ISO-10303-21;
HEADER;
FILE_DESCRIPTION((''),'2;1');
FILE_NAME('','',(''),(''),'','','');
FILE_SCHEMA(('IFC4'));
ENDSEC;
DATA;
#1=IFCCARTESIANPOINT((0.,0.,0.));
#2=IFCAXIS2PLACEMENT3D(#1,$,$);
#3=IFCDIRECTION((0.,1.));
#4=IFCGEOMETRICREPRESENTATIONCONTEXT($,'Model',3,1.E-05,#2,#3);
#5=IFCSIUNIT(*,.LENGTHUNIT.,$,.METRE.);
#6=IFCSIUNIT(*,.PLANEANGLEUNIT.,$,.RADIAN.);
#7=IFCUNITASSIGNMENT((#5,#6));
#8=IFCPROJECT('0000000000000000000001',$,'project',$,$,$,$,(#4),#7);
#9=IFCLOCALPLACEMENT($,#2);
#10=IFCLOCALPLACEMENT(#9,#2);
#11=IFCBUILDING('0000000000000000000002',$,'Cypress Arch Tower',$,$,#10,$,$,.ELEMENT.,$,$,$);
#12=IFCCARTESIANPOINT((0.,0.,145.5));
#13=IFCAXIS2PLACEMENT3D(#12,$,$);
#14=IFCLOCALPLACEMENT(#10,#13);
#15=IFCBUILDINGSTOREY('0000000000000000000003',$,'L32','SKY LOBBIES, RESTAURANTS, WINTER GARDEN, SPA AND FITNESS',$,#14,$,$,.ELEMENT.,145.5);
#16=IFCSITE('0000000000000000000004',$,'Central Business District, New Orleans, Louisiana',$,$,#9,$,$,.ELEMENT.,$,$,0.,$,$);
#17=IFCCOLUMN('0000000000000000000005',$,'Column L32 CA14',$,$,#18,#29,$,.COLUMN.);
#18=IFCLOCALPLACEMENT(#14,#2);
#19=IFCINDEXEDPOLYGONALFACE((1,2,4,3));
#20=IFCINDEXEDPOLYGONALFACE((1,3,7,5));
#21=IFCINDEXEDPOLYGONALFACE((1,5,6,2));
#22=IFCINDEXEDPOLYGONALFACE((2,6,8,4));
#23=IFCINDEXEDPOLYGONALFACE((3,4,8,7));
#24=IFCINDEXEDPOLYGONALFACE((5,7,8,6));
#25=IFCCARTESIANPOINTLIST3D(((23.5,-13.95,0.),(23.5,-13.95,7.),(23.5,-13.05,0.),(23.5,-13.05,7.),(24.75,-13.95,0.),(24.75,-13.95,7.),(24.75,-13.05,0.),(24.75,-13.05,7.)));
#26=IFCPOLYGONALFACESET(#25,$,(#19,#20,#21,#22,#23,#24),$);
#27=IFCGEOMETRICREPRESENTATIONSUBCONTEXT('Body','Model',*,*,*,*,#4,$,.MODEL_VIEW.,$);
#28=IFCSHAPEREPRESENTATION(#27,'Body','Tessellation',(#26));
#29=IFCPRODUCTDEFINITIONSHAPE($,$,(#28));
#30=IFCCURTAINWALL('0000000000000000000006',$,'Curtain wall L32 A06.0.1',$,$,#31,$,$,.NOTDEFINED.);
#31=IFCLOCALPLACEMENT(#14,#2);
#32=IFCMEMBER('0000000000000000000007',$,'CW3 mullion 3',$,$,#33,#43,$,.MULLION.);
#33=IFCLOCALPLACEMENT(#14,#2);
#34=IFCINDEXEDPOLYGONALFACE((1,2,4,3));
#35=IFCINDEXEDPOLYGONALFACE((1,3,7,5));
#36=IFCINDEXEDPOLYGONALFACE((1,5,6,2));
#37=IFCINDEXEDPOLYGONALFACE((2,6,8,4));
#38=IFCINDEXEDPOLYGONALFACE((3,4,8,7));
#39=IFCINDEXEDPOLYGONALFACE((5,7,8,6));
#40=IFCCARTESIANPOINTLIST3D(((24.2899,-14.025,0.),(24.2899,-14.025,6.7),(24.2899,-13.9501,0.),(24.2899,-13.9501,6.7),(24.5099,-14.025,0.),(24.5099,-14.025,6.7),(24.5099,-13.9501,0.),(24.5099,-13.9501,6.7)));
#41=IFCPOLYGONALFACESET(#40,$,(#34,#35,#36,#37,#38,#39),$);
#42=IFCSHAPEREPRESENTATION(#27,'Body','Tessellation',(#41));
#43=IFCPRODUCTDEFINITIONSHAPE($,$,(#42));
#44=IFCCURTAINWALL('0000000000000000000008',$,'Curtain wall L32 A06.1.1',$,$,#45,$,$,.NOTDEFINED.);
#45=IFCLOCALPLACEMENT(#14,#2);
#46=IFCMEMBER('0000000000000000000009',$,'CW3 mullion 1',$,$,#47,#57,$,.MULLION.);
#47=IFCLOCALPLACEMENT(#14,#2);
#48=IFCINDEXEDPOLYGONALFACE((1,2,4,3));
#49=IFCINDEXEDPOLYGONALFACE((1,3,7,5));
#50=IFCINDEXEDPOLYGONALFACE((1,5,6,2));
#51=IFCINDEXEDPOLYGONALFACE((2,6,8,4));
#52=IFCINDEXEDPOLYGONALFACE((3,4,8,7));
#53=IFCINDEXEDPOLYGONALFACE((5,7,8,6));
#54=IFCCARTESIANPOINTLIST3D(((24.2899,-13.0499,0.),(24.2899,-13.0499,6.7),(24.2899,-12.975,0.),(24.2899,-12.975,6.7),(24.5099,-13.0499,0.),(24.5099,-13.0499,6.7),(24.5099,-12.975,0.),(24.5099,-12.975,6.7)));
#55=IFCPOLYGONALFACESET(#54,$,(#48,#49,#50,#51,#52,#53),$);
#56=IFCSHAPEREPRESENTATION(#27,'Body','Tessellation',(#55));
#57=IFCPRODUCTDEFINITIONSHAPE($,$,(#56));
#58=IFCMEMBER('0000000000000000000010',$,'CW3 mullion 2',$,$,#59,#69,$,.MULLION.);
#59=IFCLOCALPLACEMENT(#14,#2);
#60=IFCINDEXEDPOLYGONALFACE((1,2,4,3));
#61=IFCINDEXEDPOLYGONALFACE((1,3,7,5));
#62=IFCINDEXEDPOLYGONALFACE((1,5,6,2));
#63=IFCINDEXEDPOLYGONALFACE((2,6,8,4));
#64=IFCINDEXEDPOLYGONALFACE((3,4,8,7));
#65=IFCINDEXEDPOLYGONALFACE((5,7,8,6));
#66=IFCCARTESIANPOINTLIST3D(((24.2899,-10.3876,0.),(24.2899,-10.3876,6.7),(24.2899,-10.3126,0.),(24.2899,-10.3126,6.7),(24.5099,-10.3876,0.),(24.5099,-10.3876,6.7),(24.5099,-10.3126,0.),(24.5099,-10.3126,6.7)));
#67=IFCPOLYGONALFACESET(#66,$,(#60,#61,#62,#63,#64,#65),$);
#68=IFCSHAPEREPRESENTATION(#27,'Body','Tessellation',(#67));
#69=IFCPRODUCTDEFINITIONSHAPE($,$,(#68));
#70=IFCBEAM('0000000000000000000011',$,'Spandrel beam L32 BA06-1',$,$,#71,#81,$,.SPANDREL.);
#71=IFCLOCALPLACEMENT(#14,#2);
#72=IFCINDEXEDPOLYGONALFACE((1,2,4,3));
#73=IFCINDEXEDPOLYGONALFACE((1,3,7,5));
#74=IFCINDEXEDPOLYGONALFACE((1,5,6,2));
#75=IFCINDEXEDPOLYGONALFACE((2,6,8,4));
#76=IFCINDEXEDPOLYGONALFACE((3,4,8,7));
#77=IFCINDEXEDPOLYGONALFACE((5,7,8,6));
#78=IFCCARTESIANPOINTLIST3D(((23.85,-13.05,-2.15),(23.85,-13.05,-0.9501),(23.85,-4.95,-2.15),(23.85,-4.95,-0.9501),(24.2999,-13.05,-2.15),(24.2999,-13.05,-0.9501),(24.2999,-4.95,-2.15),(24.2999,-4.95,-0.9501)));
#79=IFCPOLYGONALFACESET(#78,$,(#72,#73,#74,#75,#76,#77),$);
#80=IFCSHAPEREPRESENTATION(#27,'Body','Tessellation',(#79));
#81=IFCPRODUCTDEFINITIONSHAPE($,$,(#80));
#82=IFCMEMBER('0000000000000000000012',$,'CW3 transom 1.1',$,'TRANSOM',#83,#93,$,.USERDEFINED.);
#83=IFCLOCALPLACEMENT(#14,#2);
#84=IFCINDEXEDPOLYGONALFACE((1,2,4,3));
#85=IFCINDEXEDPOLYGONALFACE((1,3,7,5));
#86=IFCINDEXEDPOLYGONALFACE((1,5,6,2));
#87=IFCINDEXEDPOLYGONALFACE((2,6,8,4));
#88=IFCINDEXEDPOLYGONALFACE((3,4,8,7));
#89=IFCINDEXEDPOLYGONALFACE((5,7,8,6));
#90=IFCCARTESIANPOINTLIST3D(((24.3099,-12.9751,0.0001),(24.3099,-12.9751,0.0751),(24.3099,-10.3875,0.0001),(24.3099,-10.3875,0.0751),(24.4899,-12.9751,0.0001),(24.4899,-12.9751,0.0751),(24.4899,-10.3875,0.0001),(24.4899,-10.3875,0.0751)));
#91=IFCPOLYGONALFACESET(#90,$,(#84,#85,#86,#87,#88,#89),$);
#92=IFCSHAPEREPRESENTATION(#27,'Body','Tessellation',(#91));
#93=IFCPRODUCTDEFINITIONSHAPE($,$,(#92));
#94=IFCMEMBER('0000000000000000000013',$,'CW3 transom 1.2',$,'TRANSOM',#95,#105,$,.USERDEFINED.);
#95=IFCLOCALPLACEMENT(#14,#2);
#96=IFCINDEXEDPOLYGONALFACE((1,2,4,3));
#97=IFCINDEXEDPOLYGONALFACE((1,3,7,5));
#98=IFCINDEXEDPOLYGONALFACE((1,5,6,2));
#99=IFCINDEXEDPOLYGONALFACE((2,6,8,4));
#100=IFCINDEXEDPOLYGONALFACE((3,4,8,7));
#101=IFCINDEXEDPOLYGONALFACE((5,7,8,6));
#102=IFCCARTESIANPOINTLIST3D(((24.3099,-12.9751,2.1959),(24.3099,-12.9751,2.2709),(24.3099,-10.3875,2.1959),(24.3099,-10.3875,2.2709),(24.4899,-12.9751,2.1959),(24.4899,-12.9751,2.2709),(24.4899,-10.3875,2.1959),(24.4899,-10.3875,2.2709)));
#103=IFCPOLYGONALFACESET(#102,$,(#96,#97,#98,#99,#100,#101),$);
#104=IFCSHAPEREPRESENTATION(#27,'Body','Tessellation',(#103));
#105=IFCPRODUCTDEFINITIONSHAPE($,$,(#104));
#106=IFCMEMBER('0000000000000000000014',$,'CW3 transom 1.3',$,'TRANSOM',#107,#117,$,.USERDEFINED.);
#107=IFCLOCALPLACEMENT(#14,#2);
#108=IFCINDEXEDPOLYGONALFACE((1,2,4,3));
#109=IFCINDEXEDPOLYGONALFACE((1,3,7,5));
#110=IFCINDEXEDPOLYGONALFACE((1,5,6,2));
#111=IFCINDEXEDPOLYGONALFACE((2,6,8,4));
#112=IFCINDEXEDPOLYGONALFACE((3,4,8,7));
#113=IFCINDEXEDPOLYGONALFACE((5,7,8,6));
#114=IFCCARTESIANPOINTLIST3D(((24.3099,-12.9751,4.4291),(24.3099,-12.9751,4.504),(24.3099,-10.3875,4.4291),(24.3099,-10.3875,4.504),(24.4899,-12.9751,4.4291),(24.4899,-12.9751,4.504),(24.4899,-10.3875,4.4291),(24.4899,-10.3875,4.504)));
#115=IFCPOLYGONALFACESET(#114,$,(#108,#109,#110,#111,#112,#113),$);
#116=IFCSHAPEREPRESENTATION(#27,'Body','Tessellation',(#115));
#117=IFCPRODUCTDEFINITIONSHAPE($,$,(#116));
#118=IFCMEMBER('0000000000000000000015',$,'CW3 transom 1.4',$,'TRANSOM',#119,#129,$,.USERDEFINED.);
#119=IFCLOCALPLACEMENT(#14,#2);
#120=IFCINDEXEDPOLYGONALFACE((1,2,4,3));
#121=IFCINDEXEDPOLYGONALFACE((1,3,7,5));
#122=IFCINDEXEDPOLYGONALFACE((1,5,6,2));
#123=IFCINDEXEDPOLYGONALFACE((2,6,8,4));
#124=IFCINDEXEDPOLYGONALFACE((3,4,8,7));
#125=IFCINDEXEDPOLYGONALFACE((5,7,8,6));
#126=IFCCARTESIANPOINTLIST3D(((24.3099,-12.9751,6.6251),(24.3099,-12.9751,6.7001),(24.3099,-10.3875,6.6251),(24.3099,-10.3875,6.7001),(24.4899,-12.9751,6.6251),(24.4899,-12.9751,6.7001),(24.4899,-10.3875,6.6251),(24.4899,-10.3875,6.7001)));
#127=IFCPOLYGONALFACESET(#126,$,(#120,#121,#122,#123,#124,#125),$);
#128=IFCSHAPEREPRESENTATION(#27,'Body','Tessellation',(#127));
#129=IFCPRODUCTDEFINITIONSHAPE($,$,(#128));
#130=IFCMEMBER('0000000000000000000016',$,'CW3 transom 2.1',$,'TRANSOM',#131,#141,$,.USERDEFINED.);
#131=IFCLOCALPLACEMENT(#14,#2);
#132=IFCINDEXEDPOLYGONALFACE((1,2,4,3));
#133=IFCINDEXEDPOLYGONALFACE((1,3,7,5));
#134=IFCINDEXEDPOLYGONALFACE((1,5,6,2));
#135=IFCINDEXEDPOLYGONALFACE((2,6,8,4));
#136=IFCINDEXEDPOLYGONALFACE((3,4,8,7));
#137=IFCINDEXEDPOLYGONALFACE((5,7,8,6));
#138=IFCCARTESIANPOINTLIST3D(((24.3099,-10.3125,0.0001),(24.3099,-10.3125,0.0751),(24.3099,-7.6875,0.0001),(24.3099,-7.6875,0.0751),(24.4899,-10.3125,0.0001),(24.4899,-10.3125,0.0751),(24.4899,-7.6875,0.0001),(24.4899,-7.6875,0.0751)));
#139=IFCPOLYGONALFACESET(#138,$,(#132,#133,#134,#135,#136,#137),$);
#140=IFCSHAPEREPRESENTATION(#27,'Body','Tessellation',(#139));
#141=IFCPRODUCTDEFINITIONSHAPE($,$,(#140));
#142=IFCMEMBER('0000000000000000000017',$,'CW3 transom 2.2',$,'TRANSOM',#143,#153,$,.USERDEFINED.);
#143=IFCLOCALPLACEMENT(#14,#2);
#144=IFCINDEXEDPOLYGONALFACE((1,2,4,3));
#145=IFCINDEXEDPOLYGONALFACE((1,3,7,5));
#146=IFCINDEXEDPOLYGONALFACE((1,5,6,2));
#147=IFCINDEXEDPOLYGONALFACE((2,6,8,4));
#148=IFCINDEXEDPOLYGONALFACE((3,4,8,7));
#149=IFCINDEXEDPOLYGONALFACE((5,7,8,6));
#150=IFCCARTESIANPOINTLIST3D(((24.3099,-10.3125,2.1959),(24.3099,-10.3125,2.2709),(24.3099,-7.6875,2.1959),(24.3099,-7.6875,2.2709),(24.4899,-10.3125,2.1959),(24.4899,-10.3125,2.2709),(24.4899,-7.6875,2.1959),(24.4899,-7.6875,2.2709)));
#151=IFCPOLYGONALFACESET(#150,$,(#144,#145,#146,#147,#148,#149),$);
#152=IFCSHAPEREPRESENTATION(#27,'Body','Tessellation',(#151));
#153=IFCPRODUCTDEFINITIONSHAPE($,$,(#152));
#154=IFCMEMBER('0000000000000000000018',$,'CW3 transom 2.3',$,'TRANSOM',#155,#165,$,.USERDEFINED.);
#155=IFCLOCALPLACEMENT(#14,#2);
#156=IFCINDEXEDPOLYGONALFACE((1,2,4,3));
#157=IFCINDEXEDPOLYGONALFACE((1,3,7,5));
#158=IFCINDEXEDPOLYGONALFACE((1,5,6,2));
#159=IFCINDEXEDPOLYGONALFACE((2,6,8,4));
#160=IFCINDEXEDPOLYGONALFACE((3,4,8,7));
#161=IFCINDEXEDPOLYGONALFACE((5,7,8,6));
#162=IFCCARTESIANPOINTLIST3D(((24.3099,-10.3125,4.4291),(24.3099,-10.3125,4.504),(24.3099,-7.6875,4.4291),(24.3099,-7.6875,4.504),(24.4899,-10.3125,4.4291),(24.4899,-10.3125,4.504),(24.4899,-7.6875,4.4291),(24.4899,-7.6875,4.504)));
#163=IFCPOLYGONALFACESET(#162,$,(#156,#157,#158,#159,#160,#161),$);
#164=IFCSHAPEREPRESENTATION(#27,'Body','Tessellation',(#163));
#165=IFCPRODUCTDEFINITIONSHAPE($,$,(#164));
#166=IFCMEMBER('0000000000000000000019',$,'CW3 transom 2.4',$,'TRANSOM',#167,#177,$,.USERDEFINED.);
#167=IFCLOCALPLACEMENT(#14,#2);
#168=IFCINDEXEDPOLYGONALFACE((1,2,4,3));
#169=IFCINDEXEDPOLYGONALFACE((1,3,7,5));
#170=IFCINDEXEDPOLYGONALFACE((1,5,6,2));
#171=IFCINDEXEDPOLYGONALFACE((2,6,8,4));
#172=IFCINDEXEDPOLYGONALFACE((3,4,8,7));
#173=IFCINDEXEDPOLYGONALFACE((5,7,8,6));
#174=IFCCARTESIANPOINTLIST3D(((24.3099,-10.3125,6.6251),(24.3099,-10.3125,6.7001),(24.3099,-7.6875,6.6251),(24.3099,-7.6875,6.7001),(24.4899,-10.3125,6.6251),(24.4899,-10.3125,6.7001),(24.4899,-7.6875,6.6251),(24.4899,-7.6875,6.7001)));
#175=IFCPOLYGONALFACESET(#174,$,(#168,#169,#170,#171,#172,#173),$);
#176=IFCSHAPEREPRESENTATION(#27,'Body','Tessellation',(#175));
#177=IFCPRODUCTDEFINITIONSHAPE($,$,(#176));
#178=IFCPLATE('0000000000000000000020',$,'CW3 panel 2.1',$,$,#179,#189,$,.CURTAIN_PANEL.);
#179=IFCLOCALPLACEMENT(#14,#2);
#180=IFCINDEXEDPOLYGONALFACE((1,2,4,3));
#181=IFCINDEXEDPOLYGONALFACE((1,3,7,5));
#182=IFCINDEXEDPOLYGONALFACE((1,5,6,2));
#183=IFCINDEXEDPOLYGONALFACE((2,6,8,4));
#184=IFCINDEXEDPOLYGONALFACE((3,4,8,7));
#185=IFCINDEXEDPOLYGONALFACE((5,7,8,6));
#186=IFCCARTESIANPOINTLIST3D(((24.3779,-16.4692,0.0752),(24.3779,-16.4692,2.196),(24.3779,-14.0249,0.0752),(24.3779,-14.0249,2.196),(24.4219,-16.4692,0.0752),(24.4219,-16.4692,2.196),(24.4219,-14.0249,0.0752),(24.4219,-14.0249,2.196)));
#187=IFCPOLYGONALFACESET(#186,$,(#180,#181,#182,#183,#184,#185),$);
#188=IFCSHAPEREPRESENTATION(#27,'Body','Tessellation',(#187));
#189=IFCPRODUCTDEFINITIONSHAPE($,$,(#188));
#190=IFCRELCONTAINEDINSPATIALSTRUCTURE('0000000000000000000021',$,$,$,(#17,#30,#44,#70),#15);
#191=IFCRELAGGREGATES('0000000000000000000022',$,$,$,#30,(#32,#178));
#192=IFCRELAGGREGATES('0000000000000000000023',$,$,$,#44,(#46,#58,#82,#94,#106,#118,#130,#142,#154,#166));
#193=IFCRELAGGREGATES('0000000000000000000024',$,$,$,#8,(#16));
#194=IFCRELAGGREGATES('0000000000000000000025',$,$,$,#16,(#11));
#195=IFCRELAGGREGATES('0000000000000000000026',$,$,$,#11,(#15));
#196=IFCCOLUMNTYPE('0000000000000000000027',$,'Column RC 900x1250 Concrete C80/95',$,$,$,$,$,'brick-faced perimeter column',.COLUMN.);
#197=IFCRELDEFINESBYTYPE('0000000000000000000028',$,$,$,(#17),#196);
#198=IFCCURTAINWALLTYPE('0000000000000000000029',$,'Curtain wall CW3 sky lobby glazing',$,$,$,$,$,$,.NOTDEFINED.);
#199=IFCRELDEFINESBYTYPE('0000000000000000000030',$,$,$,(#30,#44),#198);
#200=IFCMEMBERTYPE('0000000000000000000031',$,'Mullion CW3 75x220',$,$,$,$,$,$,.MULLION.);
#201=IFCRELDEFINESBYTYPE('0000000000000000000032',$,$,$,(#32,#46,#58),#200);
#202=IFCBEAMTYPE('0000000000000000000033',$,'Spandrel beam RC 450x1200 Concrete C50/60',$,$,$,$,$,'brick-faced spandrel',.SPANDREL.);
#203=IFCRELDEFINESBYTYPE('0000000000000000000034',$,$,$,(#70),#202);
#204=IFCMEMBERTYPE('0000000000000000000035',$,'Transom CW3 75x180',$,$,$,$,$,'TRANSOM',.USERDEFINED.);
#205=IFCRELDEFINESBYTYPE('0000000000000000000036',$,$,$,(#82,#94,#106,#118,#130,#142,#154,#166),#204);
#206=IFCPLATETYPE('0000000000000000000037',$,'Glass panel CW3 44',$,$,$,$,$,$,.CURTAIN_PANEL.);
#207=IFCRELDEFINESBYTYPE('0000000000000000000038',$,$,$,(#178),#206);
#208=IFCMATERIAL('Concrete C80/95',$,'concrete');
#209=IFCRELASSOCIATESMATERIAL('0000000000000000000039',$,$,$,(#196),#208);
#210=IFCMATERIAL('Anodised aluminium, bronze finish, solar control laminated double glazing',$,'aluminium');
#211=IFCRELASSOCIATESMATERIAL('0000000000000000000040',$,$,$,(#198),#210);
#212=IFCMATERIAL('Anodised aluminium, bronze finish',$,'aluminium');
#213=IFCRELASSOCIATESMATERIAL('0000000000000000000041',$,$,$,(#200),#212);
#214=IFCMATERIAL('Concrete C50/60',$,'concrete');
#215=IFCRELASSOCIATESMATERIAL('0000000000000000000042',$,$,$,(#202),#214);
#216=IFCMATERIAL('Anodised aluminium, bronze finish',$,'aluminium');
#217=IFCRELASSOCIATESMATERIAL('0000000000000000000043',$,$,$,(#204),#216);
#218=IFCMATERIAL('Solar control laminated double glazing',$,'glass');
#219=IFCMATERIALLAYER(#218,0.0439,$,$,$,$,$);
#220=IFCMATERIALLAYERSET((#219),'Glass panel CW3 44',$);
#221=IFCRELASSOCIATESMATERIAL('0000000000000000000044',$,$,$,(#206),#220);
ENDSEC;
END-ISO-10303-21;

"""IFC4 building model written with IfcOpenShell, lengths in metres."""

from ifc_helpers import new_model, si_unit, direction, frame, origin, origin_2d, place, context, subcontext, project, spatial, rectangle, extrude, material, layer, layer_set, material_profile, profile_set, type_object, element, aggregate, save


model = new_model("IFC4")

# Units and contexts
model_context = context("Model", 3, precision=1e-05, world=origin(), true_north=direction((0.0, 1.0)))
body_context = subcontext(model_context, "Body", "Model", "MODEL_VIEW")
ifc_project = project(units=[si_unit("LENGTHUNIT", "METRE"), si_unit("PLANEANGLEUNIT", "RADIAN")], contexts=[model_context])

# Site, building, storey
site_placement = place(None, origin())
site = spatial("IfcSite", under=ifc_project, at=site_placement, Name="Central Business District, New Orleans, Louisiana", CompositionType="ELEMENT", RefElevation=0.0)
building_placement = place(site_placement, origin())
building = spatial("IfcBuilding", under=site, at=building_placement, Name="Cypress Arch Tower", CompositionType="ELEMENT")
storey_placement = place(building_placement, frame((0.0, 0.0, 145.5)))
storey = spatial("IfcBuildingStorey", under=building, at=storey_placement, Name="L32", Description="SKY LOBBIES, RESTAURANTS, WINTER GARDEN, SPA AND FITNESS", CompositionType="ELEMENT", Elevation=145.5)

# Column
ifc_material_1 = material(Name="Concrete C80/95", Category="concrete")
ifc_material_profile_1 = material_profile(ifc_material_1, rectangle(XDim=0.8999, YDim=1.25, at=origin_2d()), Name="RC 900x1250")
ifc_profile_set_1 = profile_set([ifc_material_profile_1], Name="Concrete C80/95")
column_type = type_object("IfcColumnType", Name="Column RC 900x1250 Concrete C80/95", ElementType="brick-faced perimeter column", PredefinedType="COLUMN", material=ifc_profile_set_1)
column_placement = place(storey_placement, frame((24.125, -13.5, 0.0), z_axis=(0.0, 0.0, 1.0), x_axis=(0.0, 1.0, 0.0)))
element("IfcColumn", 1, at=column_placement, inside=storey, type_object=column_type, Name="Column L32 CA14", PredefinedType="COLUMN", context=body_context, shape_type="SweptSolid", body=[
    extrude(rectangle(XDim=0.8999, YDim=1.25, at=origin_2d()), origin(), (0.0, 0.0, 1.0), 7.0),
])

# Curtain wall, member
ifc_material_2 = material(Name="Anodised aluminium, bronze finish, solar control laminated double glazing", Category="aluminium")
curtain_wall_type = type_object("IfcCurtainWallType", Name="Curtain wall CW3 sky lobby glazing", PredefinedType="NOTDEFINED", material=ifc_material_2)
curtain_wall_1_placement = place(storey_placement, origin())
curtain_wall_1 = element("IfcCurtainWall", 2, at=curtain_wall_1_placement, inside=storey, type_object=curtain_wall_type, Name="Curtain wall L32 A06.0.1", PredefinedType="NOTDEFINED")
ifc_material_3 = material(Name="Anodised aluminium, bronze finish", Category="aluminium")
ifc_material_profile_2 = material_profile(ifc_material_3, rectangle(XDim=0.22, YDim=0.075, at=origin_2d()), Name="Mullion 75x220")
ifc_profile_set_2 = profile_set([ifc_material_profile_2], Name="Anodised aluminium, bronze finish")
member_type_1 = type_object("IfcMemberType", Name="Mullion CW3 75x220", PredefinedType="MULLION", material=ifc_profile_set_2)
member_1_placement = place(storey_placement, frame((24.3999, -13.9875, 0.0), z_axis=(0.0, 0.0, 1.0), x_axis=(-1.0, 0.0, 0.0)))
member_1 = element("IfcMember", 3, at=member_1_placement, type_object=member_type_1, Name="CW3 mullion 3", PredefinedType="MULLION", context=body_context, shape_type="SweptSolid", body=[
    extrude(rectangle(XDim=0.22, YDim=0.075, at=origin_2d()), origin(), (0.0, 0.0, 1.0), 6.7),
])

# Curtain wall, members
curtain_wall_2_placement = place(storey_placement, origin())
curtain_wall_2 = element("IfcCurtainWall", 4, at=curtain_wall_2_placement, inside=storey, type_object=curtain_wall_type, Name="Curtain wall L32 A06.1.1", PredefinedType="NOTDEFINED")
member_2_placement = place(storey_placement, frame((24.3999, -13.0125, 0.0), z_axis=(0.0, 0.0, 1.0), x_axis=(-1.0, 0.0, 0.0)))
member_2 = element("IfcMember", 5, at=member_2_placement, type_object=member_type_1, Name="CW3 mullion 1", PredefinedType="MULLION", context=body_context, shape_type="SweptSolid", body=[
    extrude(rectangle(XDim=0.22, YDim=0.075, at=origin_2d()), origin(), (0.0, 0.0, 1.0), 6.7),
])
member_3_placement = place(storey_placement, frame((24.3999, -10.3501, 0.0), z_axis=(0.0, 0.0, 1.0), x_axis=(-1.0, 0.0, 0.0)))
member_3 = element("IfcMember", 6, at=member_3_placement, type_object=member_type_1, Name="CW3 mullion 2", PredefinedType="MULLION", context=body_context, shape_type="SweptSolid", body=[
    extrude(rectangle(XDim=0.22, YDim=0.075, at=origin_2d()), origin(), (0.0, 0.0, 1.0), 6.7),
])

# Beam
ifc_material_4 = material(Name="Concrete C50/60", Category="concrete")
ifc_material_profile_3 = material_profile(ifc_material_4, rectangle(XDim=0.45, YDim=1.2, at=origin_2d()), Name="RC 450x1200")
ifc_profile_set_3 = profile_set([ifc_material_profile_3], Name="Concrete C50/60")
beam_type = type_object("IfcBeamType", Name="Spandrel beam RC 450x1200 Concrete C50/60", ElementType="brick-faced spandrel", PredefinedType="SPANDREL", material=ifc_profile_set_3)
beam_placement = place(storey_placement, frame((24.075, -13.05, -1.55), z_axis=(0.0, 1.0, 0.0), x_axis=(-1.0, 0.0, 0.0)))
element("IfcBeam", 7, at=beam_placement, inside=storey, type_object=beam_type, Name="Spandrel beam L32 BA06-1", PredefinedType="SPANDREL", context=body_context, shape_type="SweptSolid", body=[
    extrude(rectangle(XDim=0.45, YDim=1.2, at=origin_2d()), origin(), (0.0, 0.0, 1.0), 8.1001),
])

# Members
ifc_material_5 = material(Name="Anodised aluminium, bronze finish", Category="aluminium")
ifc_material_profile_4 = material_profile(ifc_material_5, rectangle(XDim=0.1799, YDim=0.075, at=origin_2d()), Name="Transom 75x180")
ifc_profile_set_4 = profile_set([ifc_material_profile_4], Name="Anodised aluminium, bronze finish")
member_type_2 = type_object("IfcMemberType", Name="Transom CW3 75x180", ElementType="TRANSOM", PredefinedType="USERDEFINED", material=ifc_profile_set_4)
member_4_placement = place(storey_placement, frame((24.3999, -12.9751, 0.0376), z_axis=(0.0, 1.0, 0.0), x_axis=(-1.0, 0.0, 0.0)))
member_4 = element("IfcMember", 8, at=member_4_placement, type_object=member_type_2, Name="CW3 transom 1.1", ObjectType="TRANSOM", PredefinedType="USERDEFINED", context=body_context, shape_type="SweptSolid", body=[
    extrude(rectangle(XDim=0.1799, YDim=0.075, at=origin_2d()), origin(), (0.0, 0.0, 1.0), 2.5876),
])
member_5_placement = place(storey_placement, frame((24.3999, -12.9751, 2.2334), z_axis=(0.0, 1.0, 0.0), x_axis=(-1.0, 0.0, 0.0)))
member_5 = element("IfcMember", 9, at=member_5_placement, type_object=member_type_2, Name="CW3 transom 1.2", ObjectType="TRANSOM", PredefinedType="USERDEFINED", context=body_context, shape_type="SweptSolid", body=[
    extrude(rectangle(XDim=0.1799, YDim=0.075, at=origin_2d()), origin(), (0.0, 0.0, 1.0), 2.5876),
])
member_6_placement = place(storey_placement, frame((24.3999, -12.9751, 4.4666), z_axis=(0.0, 1.0, 0.0), x_axis=(-1.0, 0.0, 0.0)))
member_6 = element("IfcMember", 10, at=member_6_placement, type_object=member_type_2, Name="CW3 transom 1.3", ObjectType="TRANSOM", PredefinedType="USERDEFINED", context=body_context, shape_type="SweptSolid", body=[
    extrude(rectangle(XDim=0.1799, YDim=0.075, at=origin_2d()), origin(), (0.0, 0.0, 1.0), 2.5876),
])
member_7_placement = place(storey_placement, frame((24.3999, -12.9751, 6.6626), z_axis=(0.0, 1.0, 0.0), x_axis=(-1.0, 0.0, 0.0)))
member_7 = element("IfcMember", 11, at=member_7_placement, type_object=member_type_2, Name="CW3 transom 1.4", ObjectType="TRANSOM", PredefinedType="USERDEFINED", context=body_context, shape_type="SweptSolid", body=[
    extrude(rectangle(XDim=0.1799, YDim=0.075, at=origin_2d()), origin(), (0.0, 0.0, 1.0), 2.5876),
])
member_8_placement = place(storey_placement, frame((24.3999, -10.3125, 0.0376), z_axis=(0.0, 1.0, 0.0), x_axis=(-1.0, 0.0, 0.0)))
member_8 = element("IfcMember", 12, at=member_8_placement, type_object=member_type_2, Name="CW3 transom 2.1", ObjectType="TRANSOM", PredefinedType="USERDEFINED", context=body_context, shape_type="SweptSolid", body=[
    extrude(rectangle(XDim=0.1799, YDim=0.075, at=origin_2d()), origin(), (0.0, 0.0, 1.0), 2.625),
])
member_9_placement = place(storey_placement, frame((24.3999, -10.3125, 2.2334), z_axis=(0.0, 1.0, 0.0), x_axis=(-1.0, 0.0, 0.0)))
member_9 = element("IfcMember", 13, at=member_9_placement, type_object=member_type_2, Name="CW3 transom 2.2", ObjectType="TRANSOM", PredefinedType="USERDEFINED", context=body_context, shape_type="SweptSolid", body=[
    extrude(rectangle(XDim=0.1799, YDim=0.075, at=origin_2d()), origin(), (0.0, 0.0, 1.0), 2.625),
])
member_10_placement = place(storey_placement, frame((24.3999, -10.3125, 4.4666), z_axis=(0.0, 1.0, 0.0), x_axis=(-1.0, 0.0, 0.0)))
member_10 = element("IfcMember", 14, at=member_10_placement, type_object=member_type_2, Name="CW3 transom 2.3", ObjectType="TRANSOM", PredefinedType="USERDEFINED", context=body_context, shape_type="SweptSolid", body=[
    extrude(rectangle(XDim=0.1799, YDim=0.075, at=origin_2d()), origin(), (0.0, 0.0, 1.0), 2.625),
])
member_11_placement = place(storey_placement, frame((24.3999, -10.3125, 6.6626), z_axis=(0.0, 1.0, 0.0), x_axis=(-1.0, 0.0, 0.0)))
member_11 = element("IfcMember", 15, at=member_11_placement, type_object=member_type_2, Name="CW3 transom 2.4", ObjectType="TRANSOM", PredefinedType="USERDEFINED", context=body_context, shape_type="SweptSolid", body=[
    extrude(rectangle(XDim=0.1799, YDim=0.075, at=origin_2d()), origin(), (0.0, 0.0, 1.0), 2.625),
])

# Plate
ifc_material_6 = material(Name="Solar control laminated double glazing", Category="glass")
ifc_layer = layer(ifc_material_6, 0.0439)
ifc_layer_set = layer_set([ifc_layer], Name="Glass panel CW3 44")
plate_type = type_object("IfcPlateType", Name="Glass panel CW3 44", PredefinedType="CURTAIN_PANEL", material=ifc_layer_set)
plate_1_placement = place(storey_placement, frame((24.3999, -15.2471, 0.0752), z_axis=(0.0, 0.0, 1.0), x_axis=(0.0, 1.0, 0.0)))
plate_1 = element("IfcPlate", 16, at=plate_1_placement, type_object=plate_type, Name="CW3 panel 2.1", PredefinedType="CURTAIN_PANEL", context=body_context, shape_type="SweptSolid", body=[
    extrude(rectangle(XDim=2.4443, YDim=0.0439, at=origin_2d()), origin(), (0.0, 0.0, 1.0), 2.1208),
])
aggregate(curtain_wall_1, [member_1, plate_1])
aggregate(curtain_wall_2, [member_2, member_3, member_4, member_5, member_6, member_7, member_8, member_9, member_10, member_11])

save(model, "model.ifc")
